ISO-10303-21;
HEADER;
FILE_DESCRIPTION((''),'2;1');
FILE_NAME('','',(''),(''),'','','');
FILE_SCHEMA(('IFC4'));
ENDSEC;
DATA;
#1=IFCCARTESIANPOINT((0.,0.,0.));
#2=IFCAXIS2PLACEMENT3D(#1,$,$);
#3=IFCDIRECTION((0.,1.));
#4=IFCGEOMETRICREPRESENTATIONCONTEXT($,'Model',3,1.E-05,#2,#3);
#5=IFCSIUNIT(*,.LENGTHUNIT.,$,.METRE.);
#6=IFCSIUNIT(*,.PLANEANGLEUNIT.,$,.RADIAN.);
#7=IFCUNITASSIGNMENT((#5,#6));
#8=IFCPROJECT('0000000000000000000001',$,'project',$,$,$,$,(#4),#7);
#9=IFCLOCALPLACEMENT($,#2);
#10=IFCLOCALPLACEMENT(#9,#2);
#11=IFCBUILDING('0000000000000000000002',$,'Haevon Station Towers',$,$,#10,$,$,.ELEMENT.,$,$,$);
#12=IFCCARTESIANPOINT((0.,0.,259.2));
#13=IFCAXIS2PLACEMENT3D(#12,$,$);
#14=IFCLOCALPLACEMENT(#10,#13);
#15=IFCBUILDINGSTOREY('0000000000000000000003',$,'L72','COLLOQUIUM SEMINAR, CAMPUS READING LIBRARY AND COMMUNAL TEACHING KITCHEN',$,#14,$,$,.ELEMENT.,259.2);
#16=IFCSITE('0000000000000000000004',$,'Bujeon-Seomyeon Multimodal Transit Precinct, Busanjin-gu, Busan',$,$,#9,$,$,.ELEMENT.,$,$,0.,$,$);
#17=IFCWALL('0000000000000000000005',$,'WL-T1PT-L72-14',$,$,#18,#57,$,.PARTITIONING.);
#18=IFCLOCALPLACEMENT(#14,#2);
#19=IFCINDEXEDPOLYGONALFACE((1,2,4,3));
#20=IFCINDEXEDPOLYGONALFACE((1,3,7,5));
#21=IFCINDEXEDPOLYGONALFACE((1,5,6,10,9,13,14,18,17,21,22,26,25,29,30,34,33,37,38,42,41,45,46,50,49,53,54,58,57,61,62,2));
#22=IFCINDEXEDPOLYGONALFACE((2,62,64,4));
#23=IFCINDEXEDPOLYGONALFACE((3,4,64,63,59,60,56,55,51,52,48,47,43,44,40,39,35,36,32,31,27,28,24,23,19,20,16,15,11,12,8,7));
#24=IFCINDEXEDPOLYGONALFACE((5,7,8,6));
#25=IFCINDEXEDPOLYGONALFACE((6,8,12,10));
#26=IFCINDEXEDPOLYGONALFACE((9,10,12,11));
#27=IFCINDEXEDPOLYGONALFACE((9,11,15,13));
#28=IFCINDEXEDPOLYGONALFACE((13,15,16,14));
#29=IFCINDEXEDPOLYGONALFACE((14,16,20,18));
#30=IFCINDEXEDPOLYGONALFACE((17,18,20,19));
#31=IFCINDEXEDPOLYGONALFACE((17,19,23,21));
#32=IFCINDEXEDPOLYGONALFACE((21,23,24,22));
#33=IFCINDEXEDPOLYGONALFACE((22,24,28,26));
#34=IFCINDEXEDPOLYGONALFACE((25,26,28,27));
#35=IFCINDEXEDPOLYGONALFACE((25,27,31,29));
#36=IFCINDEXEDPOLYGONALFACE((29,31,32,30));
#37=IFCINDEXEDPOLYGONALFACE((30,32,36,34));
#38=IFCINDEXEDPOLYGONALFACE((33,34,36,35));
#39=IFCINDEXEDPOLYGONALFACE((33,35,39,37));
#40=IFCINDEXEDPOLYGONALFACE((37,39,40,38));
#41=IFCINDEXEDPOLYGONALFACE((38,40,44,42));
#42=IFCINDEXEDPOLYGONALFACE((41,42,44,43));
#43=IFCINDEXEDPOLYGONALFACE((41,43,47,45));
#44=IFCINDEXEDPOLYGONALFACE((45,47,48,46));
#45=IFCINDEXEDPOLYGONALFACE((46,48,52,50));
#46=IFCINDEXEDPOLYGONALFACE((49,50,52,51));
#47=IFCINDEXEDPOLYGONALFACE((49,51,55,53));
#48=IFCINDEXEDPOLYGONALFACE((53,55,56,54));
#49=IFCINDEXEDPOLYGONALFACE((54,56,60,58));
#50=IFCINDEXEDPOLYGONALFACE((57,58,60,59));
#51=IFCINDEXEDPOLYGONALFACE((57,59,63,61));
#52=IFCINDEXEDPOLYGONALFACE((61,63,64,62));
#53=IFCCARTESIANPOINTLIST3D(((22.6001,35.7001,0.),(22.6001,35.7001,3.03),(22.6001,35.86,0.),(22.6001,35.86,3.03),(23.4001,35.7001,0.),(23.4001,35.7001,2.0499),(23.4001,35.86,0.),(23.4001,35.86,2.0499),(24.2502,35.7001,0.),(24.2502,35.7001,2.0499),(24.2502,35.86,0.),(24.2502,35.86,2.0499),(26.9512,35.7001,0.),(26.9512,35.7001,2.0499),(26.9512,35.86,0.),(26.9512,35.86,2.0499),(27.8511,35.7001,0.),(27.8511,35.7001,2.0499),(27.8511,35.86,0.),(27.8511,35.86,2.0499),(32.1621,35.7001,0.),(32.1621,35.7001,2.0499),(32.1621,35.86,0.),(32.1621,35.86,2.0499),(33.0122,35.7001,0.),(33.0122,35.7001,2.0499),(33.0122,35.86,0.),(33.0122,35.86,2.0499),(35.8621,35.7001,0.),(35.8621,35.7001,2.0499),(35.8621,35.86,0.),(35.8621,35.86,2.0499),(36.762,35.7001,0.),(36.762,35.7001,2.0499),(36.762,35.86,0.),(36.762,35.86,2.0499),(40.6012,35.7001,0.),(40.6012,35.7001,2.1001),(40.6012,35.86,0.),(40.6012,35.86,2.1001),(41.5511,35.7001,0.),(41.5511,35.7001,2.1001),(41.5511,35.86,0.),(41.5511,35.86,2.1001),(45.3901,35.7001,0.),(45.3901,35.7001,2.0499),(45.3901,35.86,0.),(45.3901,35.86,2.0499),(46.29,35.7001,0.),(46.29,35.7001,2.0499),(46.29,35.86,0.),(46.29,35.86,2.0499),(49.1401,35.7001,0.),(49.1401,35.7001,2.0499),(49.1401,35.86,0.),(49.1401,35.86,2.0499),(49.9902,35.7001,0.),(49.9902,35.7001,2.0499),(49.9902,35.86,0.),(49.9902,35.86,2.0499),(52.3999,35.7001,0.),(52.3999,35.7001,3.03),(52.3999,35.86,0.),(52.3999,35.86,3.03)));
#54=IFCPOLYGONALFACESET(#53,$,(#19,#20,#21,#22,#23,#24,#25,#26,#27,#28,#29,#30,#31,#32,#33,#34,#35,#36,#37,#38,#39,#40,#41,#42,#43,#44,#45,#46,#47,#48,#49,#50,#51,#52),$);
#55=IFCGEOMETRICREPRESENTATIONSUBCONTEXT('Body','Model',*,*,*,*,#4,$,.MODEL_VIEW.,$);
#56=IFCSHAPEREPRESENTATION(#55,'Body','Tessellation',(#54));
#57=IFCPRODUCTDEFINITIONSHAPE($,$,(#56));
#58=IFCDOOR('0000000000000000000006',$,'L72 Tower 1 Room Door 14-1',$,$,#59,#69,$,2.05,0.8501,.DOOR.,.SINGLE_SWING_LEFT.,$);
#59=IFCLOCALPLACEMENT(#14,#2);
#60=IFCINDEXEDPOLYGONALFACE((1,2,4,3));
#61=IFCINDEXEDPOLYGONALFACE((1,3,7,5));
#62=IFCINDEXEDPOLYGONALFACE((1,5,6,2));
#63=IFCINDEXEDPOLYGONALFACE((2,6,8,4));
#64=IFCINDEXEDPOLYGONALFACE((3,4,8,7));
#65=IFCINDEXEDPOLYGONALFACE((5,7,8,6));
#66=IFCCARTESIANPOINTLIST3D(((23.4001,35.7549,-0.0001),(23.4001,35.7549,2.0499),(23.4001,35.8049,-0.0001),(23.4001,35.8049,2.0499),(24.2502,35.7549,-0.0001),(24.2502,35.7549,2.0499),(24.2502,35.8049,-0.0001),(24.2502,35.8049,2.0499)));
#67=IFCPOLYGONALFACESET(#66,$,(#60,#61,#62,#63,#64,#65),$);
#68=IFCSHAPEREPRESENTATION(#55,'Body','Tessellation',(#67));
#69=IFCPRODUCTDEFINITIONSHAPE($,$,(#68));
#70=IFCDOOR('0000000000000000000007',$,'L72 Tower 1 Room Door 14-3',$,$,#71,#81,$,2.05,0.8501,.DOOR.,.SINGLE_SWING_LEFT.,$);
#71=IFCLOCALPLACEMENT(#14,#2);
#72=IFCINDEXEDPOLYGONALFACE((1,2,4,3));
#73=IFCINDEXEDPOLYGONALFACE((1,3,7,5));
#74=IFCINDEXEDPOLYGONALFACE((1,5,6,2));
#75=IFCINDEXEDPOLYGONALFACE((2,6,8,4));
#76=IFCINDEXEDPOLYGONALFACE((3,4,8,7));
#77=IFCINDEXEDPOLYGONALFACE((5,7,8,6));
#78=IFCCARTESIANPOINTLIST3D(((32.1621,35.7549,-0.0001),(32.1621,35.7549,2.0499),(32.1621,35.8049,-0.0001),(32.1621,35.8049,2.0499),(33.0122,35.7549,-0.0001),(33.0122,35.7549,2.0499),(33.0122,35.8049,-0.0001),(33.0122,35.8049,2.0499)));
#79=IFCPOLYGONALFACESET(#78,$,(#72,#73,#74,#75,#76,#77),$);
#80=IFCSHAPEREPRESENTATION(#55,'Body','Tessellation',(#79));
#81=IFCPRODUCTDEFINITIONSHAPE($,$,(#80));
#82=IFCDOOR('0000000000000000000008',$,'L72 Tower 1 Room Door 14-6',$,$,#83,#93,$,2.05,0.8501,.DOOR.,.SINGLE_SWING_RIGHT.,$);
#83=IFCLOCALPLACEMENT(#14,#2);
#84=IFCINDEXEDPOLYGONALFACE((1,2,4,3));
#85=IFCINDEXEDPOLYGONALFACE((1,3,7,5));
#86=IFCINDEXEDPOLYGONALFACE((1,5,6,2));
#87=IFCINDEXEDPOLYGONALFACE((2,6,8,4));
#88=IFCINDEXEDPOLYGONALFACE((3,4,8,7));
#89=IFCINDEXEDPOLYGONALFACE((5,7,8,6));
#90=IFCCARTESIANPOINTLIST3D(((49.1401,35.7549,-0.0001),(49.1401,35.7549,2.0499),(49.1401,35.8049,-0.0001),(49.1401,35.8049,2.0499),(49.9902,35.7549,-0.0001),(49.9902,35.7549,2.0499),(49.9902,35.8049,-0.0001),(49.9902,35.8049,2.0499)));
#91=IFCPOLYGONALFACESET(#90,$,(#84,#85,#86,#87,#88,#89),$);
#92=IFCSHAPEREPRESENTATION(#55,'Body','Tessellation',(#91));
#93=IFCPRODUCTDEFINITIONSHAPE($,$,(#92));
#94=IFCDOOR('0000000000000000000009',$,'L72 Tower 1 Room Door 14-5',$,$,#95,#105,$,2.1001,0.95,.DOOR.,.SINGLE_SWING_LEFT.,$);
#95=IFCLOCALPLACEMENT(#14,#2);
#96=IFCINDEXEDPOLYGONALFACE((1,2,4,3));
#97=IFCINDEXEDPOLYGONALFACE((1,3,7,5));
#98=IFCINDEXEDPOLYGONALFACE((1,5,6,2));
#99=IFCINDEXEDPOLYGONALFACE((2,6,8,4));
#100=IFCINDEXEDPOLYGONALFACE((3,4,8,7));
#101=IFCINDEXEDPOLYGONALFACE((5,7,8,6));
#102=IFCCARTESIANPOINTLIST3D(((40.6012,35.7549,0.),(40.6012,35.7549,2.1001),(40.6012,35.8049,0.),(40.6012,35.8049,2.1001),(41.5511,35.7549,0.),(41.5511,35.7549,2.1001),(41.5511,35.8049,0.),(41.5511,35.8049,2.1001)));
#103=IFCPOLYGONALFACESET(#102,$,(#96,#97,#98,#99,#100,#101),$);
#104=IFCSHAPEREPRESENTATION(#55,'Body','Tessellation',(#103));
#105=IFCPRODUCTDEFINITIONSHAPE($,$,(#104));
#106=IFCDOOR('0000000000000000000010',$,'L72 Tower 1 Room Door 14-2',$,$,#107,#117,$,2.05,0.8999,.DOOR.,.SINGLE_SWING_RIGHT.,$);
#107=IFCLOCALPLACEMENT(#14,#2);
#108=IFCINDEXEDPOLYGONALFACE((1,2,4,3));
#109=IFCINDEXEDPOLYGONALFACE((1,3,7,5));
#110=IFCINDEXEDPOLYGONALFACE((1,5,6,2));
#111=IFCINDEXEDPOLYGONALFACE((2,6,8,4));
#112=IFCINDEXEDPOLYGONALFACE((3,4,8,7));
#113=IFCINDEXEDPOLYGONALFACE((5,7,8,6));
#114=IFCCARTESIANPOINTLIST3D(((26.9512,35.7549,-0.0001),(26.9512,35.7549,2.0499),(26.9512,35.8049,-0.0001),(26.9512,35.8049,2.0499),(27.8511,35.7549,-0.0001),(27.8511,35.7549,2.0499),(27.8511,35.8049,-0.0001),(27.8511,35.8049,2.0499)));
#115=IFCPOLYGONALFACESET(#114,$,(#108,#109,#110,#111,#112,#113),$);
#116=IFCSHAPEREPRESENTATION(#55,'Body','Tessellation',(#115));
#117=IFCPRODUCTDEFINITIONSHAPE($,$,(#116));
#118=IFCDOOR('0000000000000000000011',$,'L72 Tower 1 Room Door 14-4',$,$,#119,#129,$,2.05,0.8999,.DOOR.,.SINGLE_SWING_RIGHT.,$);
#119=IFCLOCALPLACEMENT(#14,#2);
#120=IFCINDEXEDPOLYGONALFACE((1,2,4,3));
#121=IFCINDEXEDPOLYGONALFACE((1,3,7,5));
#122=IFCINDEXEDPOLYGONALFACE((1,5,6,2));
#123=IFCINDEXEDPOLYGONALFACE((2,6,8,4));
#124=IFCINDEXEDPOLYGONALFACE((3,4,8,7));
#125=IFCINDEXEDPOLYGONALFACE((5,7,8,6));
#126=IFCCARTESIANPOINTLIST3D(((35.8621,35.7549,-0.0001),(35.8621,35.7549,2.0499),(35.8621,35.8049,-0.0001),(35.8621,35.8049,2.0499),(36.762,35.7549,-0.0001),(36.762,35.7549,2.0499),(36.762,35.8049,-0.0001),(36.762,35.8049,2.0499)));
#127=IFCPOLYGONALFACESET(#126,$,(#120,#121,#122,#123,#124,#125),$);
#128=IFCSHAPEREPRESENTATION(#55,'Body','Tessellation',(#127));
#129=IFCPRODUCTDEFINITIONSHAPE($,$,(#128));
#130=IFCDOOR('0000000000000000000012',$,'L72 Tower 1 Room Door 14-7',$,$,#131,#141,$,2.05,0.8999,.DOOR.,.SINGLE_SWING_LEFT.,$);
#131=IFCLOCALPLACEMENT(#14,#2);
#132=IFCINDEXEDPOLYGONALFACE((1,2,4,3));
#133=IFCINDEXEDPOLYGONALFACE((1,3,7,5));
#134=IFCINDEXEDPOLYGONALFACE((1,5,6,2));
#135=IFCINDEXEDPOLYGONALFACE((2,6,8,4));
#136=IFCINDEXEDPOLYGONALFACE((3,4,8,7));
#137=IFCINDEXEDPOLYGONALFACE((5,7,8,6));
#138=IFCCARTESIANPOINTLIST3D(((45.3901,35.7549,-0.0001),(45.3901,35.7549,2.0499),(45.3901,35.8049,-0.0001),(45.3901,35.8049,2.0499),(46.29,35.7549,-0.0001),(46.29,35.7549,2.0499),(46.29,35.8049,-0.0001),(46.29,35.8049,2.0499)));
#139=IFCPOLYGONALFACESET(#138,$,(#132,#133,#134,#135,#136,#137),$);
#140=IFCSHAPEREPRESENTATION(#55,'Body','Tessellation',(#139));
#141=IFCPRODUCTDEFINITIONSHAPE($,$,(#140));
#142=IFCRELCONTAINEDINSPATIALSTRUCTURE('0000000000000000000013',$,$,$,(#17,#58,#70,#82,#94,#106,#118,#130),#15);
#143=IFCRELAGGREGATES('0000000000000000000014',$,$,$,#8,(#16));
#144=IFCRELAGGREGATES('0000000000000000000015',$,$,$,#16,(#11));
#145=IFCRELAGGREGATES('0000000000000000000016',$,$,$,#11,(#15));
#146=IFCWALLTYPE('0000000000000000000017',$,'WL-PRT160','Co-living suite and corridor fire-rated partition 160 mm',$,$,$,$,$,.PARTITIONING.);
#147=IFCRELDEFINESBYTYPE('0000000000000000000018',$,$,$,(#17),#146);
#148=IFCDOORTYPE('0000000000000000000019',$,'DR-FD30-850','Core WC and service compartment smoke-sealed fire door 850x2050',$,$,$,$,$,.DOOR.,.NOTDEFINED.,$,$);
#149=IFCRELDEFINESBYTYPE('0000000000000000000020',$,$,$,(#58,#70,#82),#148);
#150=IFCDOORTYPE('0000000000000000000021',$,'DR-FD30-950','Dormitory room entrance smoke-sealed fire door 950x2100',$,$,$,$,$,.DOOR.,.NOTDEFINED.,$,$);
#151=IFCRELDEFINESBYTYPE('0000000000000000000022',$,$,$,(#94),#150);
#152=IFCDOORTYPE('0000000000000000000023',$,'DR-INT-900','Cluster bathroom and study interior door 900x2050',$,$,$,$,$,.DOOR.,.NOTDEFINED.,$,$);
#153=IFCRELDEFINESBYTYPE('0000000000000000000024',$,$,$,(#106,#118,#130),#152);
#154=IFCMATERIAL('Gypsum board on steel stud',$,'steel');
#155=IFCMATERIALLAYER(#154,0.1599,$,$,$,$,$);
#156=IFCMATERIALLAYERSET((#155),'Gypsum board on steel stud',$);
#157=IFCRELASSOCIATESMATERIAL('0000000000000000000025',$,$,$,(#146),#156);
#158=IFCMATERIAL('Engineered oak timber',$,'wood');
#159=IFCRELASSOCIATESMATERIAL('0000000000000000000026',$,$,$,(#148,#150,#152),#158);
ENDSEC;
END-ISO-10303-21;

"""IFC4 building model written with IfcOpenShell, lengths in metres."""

from ifc_helpers import new_model, si_unit, direction, frame, frame_2d, origin, place, context, subcontext, project, spatial, rectangle, extrude, material, layer, layer_set, type_object, element, fill, save


model = new_model("IFC4")

# Units and contexts
model_context = context("Model", 3, precision=1e-05, world=origin(), true_north=direction((0.0, 1.0)))
body_context = subcontext(model_context, "Body", "Model", "MODEL_VIEW")
ifc_project = project(units=[si_unit("LENGTHUNIT", "METRE"), si_unit("PLANEANGLEUNIT", "RADIAN")], contexts=[model_context])

# Site, building, storey
site_placement = place(None, origin())
site = spatial("IfcSite", under=ifc_project, at=site_placement, Name="Bujeon-Seomyeon Multimodal Transit Precinct, Busanjin-gu, Busan", CompositionType="ELEMENT", RefElevation=0.0)
building_placement = place(site_placement, origin())
building = spatial("IfcBuilding", under=site, at=building_placement, Name="Haevon Station Towers", CompositionType="ELEMENT")
storey_placement = place(building_placement, frame((0.0, 0.0, 259.2)))
storey = spatial("IfcBuildingStorey", under=building, at=storey_placement, Name="L72", Description="COLLOQUIUM SEMINAR, CAMPUS READING LIBRARY AND COMMUNAL TEACHING KITCHEN", CompositionType="ELEMENT", Elevation=259.2)

# Shared definitions
ifc_material_1 = material(Name="Gypsum board on steel stud", Category="steel")

# Wall, openings, doors
ifc_layer_1 = layer(ifc_material_1, 0.1599)
ifc_layer_set_1 = layer_set([ifc_layer_1], Name="Gypsum board on steel stud")
wall_type_1 = type_object("IfcWallType", Name="WL-PRT160", Description="Co-living suite and corridor fire-rated partition 160 mm", PredefinedType="PARTITIONING", material=ifc_layer_set_1)
wall_1_placement = place(storey_placement, frame((22.6001, 35.78, 0.0), z_axis=(0.0, 0.0, 1.0), x_axis=(1.0, 0.0, 0.0)))
wall_1 = element("IfcWall", 1, at=wall_1_placement, inside=storey, type_object=wall_type_1, Name="WL-T1PT-L72-14", PredefinedType="PARTITIONING", context=body_context, shape_type="SweptSolid", body=[
    extrude(rectangle(XDim=29.7998, YDim=0.1599, at=frame_2d((14.8999, 0.0))), origin(), (0.0, 0.0, 1.0), 3.03),
])
opening_1_placement = place(wall_1_placement, frame((0.8, 0.0, 0.0)))
opening_1 = element("IfcOpeningElement", 2, at=opening_1_placement, cuts=wall_1, PredefinedType="OPENING", context=body_context, shape_type="SweptSolid", body=[
    extrude(rectangle(XDim=0.8501, YDim=2.05, at=frame_2d((0.425, 1.0249))), frame((0.0, 0.0898, 0.0), z_axis=(0.0, -1.0, 0.0), x_axis=(1.0, 0.0, 0.0)), (0.0, 0.0, 1.0), 0.1799),
])
opening_2_placement = place(wall_1_placement, frame((4.3511, 0.0, 0.0)))
opening_2 = element("IfcOpeningElement", 3, at=opening_2_placement, cuts=wall_1, PredefinedType="OPENING", context=body_context, shape_type="SweptSolid", body=[
    extrude(rectangle(XDim=0.8999, YDim=2.05, at=frame_2d((0.45, 1.0249))), frame((0.0, 0.0898, 0.0), z_axis=(0.0, -1.0, 0.0), x_axis=(1.0, 0.0, 0.0)), (0.0, 0.0, 1.0), 0.1799),
])
opening_3_placement = place(wall_1_placement, frame((9.562, 0.0, 0.0)))
opening_3 = element("IfcOpeningElement", 4, at=opening_3_placement, cuts=wall_1, PredefinedType="OPENING", context=body_context, shape_type="SweptSolid", body=[
    extrude(rectangle(XDim=0.8501, YDim=2.05, at=frame_2d((0.425, 1.0249))), frame((0.0, 0.0898, 0.0), z_axis=(0.0, -1.0, 0.0), x_axis=(1.0, 0.0, 0.0)), (0.0, 0.0, 1.0), 0.1799),
])
opening_4_placement = place(wall_1_placement, frame((13.262, 0.0, 0.0)))
opening_4 = element("IfcOpeningElement", 5, at=opening_4_placement, cuts=wall_1, PredefinedType="OPENING", context=body_context, shape_type="SweptSolid", body=[
    extrude(rectangle(XDim=0.8999, YDim=2.05, at=frame_2d((0.45, 1.0249))), frame((0.0, 0.0898, 0.0), z_axis=(0.0, -1.0, 0.0), x_axis=(1.0, 0.0, 0.0)), (0.0, 0.0, 1.0), 0.1799),
])
opening_5_placement = place(wall_1_placement, frame((18.001, 0.0, 0.0)))
opening_5 = element("IfcOpeningElement", 6, at=opening_5_placement, cuts=wall_1, PredefinedType="OPENING", context=body_context, shape_type="SweptSolid", body=[
    extrude(rectangle(XDim=0.95, YDim=2.1001, at=frame_2d((0.4751, 1.05))), frame((0.0, 0.0898, 0.0), z_axis=(0.0, -1.0, 0.0), x_axis=(1.0, 0.0, 0.0)), (0.0, 0.0, 1.0), 0.1799),
])
opening_6_placement = place(wall_1_placement, frame((26.54, 0.0, 0.0)))
opening_6 = element("IfcOpeningElement", 7, at=opening_6_placement, cuts=wall_1, PredefinedType="OPENING", context=body_context, shape_type="SweptSolid", body=[
    extrude(rectangle(XDim=0.8501, YDim=2.05, at=frame_2d((0.425, 1.0249))), frame((0.0, 0.0898, 0.0), z_axis=(0.0, -1.0, 0.0), x_axis=(1.0, 0.0, 0.0)), (0.0, 0.0, 1.0), 0.1799),
])
opening_7_placement = place(wall_1_placement, frame((22.79, 0.0, 0.0)))
opening_7 = element("IfcOpeningElement", 8, at=opening_7_placement, cuts=wall_1, PredefinedType="OPENING", context=body_context, shape_type="SweptSolid", body=[
    extrude(rectangle(XDim=0.8999, YDim=2.05, at=frame_2d((0.45, 1.0249))), frame((0.0, 0.0898, 0.0), z_axis=(0.0, -1.0, 0.0), x_axis=(1.0, 0.0, 0.0)), (0.0, 0.0, 1.0), 0.1799),
])
ifc_material_2 = material(Name="Engineered oak timber", Category="wood")
door_type_1 = type_object("IfcDoorType", Name="DR-FD30-850", Description="Core WC and service compartment smoke-sealed fire door 850x2050", OperationType="NOTDEFINED", PredefinedType="DOOR", material=ifc_material_2)
door_1_placement = place(opening_1_placement, origin())
door_1 = element("IfcDoor", 9, at=door_1_placement, inside=storey, type_object=door_type_1, Name="L72 Tower 1 Room Door 14-1", OperationType="SINGLE_SWING_LEFT", OverallHeight=2.05, OverallWidth=0.8501, PredefinedType="DOOR", context=body_context, shape_type="SweptSolid", body=[
    extrude(rectangle(XDim=0.8501, YDim=2.05, at=frame_2d((0.425, 1.0249))), frame((0.0, 0.0249, 0.0), z_axis=(0.0, -1.0, 0.0), x_axis=(1.0, 0.0, 0.0)), (0.0, 0.0, 1.0), 0.05),
])
fill(opening_1, door_1)
door_2_placement = place(opening_3_placement, origin())
door_2 = element("IfcDoor", 10, at=door_2_placement, inside=storey, type_object=door_type_1, Name="L72 Tower 1 Room Door 14-3", OperationType="SINGLE_SWING_LEFT", OverallHeight=2.05, OverallWidth=0.8501, PredefinedType="DOOR", context=body_context, shape_type="SweptSolid", body=[
    extrude(rectangle(XDim=0.8501, YDim=2.05, at=frame_2d((0.425, 1.0249))), frame((0.0, 0.0249, 0.0), z_axis=(0.0, -1.0, 0.0), x_axis=(1.0, 0.0, 0.0)), (0.0, 0.0, 1.0), 0.05),
])
fill(opening_3, door_2)
door_3_placement = place(opening_6_placement, origin())
door_3 = element("IfcDoor", 11, at=door_3_placement, inside=storey, type_object=door_type_1, Name="L72 Tower 1 Room Door 14-6", OperationType="SINGLE_SWING_RIGHT", OverallHeight=2.05, OverallWidth=0.8501, PredefinedType="DOOR", context=body_context, shape_type="SweptSolid", body=[
    extrude(rectangle(XDim=0.8501, YDim=2.05, at=frame_2d((0.425, 1.0249))), frame((0.0, 0.0249, 0.0), z_axis=(0.0, -1.0, 0.0), x_axis=(1.0, 0.0, 0.0)), (0.0, 0.0, 1.0), 0.05),
])
fill(opening_6, door_3)
door_type_2 = type_object("IfcDoorType", Name="DR-FD30-950", Description="Dormitory room entrance smoke-sealed fire door 950x2100", OperationType="NOTDEFINED", PredefinedType="DOOR", material=ifc_material_2)
door_4_placement = place(opening_5_placement, origin())
door_4 = element("IfcDoor", 12, at=door_4_placement, inside=storey, type_object=door_type_2, Name="L72 Tower 1 Room Door 14-5", OperationType="SINGLE_SWING_LEFT", OverallHeight=2.1001, OverallWidth=0.95, PredefinedType="DOOR", context=body_context, shape_type="SweptSolid", body=[
    extrude(rectangle(XDim=0.95, YDim=2.1001, at=frame_2d((0.4751, 1.05))), frame((0.0, 0.0249, 0.0), z_axis=(0.0, -1.0, 0.0), x_axis=(1.0, 0.0, 0.0)), (0.0, 0.0, 1.0), 0.05),
])
fill(opening_5, door_4)
door_type_3 = type_object("IfcDoorType", Name="DR-INT-900", Description="Cluster bathroom and study interior door 900x2050", OperationType="NOTDEFINED", PredefinedType="DOOR", material=ifc_material_2)
door_5_placement = place(opening_2_placement, origin())
door_5 = element("IfcDoor", 13, at=door_5_placement, inside=storey, type_object=door_type_3, Name="L72 Tower 1 Room Door 14-2", OperationType="SINGLE_SWING_RIGHT", OverallHeight=2.05, OverallWidth=0.8999, PredefinedType="DOOR", context=body_context, shape_type="SweptSolid", body=[
    extrude(rectangle(XDim=0.8999, YDim=2.05, at=frame_2d((0.45, 1.0249))), frame((0.0, 0.0249, 0.0), z_axis=(0.0, -1.0, 0.0), x_axis=(1.0, 0.0, 0.0)), (0.0, 0.0, 1.0), 0.05),
])
fill(opening_2, door_5)
door_6_placement = place(opening_4_placement, origin())
door_6 = element("IfcDoor", 14, at=door_6_placement, inside=storey, type_object=door_type_3, Name="L72 Tower 1 Room Door 14-4", OperationType="SINGLE_SWING_RIGHT", OverallHeight=2.05, OverallWidth=0.8999, PredefinedType="DOOR", context=body_context, shape_type="SweptSolid", body=[
    extrude(rectangle(XDim=0.8999, YDim=2.05, at=frame_2d((0.45, 1.0249))), frame((0.0, 0.0249, 0.0), z_axis=(0.0, -1.0, 0.0), x_axis=(1.0, 0.0, 0.0)), (0.0, 0.0, 1.0), 0.05),
])
fill(opening_4, door_6)
door_7_placement = place(opening_7_placement, origin())
door_7 = element("IfcDoor", 15, at=door_7_placement, inside=storey, type_object=door_type_3, Name="L72 Tower 1 Room Door 14-7", OperationType="SINGLE_SWING_LEFT", OverallHeight=2.05, OverallWidth=0.8999, PredefinedType="DOOR", context=body_context, shape_type="SweptSolid", body=[
    extrude(rectangle(XDim=0.8999, YDim=2.05, at=frame_2d((0.45, 1.0249))), frame((0.0, 0.0249, 0.0), z_axis=(0.0, -1.0, 0.0), x_axis=(1.0, 0.0, 0.0)), (0.0, 0.0, 1.0), 0.05),
])
fill(opening_7, door_7)

save(model, "model.ifc")
